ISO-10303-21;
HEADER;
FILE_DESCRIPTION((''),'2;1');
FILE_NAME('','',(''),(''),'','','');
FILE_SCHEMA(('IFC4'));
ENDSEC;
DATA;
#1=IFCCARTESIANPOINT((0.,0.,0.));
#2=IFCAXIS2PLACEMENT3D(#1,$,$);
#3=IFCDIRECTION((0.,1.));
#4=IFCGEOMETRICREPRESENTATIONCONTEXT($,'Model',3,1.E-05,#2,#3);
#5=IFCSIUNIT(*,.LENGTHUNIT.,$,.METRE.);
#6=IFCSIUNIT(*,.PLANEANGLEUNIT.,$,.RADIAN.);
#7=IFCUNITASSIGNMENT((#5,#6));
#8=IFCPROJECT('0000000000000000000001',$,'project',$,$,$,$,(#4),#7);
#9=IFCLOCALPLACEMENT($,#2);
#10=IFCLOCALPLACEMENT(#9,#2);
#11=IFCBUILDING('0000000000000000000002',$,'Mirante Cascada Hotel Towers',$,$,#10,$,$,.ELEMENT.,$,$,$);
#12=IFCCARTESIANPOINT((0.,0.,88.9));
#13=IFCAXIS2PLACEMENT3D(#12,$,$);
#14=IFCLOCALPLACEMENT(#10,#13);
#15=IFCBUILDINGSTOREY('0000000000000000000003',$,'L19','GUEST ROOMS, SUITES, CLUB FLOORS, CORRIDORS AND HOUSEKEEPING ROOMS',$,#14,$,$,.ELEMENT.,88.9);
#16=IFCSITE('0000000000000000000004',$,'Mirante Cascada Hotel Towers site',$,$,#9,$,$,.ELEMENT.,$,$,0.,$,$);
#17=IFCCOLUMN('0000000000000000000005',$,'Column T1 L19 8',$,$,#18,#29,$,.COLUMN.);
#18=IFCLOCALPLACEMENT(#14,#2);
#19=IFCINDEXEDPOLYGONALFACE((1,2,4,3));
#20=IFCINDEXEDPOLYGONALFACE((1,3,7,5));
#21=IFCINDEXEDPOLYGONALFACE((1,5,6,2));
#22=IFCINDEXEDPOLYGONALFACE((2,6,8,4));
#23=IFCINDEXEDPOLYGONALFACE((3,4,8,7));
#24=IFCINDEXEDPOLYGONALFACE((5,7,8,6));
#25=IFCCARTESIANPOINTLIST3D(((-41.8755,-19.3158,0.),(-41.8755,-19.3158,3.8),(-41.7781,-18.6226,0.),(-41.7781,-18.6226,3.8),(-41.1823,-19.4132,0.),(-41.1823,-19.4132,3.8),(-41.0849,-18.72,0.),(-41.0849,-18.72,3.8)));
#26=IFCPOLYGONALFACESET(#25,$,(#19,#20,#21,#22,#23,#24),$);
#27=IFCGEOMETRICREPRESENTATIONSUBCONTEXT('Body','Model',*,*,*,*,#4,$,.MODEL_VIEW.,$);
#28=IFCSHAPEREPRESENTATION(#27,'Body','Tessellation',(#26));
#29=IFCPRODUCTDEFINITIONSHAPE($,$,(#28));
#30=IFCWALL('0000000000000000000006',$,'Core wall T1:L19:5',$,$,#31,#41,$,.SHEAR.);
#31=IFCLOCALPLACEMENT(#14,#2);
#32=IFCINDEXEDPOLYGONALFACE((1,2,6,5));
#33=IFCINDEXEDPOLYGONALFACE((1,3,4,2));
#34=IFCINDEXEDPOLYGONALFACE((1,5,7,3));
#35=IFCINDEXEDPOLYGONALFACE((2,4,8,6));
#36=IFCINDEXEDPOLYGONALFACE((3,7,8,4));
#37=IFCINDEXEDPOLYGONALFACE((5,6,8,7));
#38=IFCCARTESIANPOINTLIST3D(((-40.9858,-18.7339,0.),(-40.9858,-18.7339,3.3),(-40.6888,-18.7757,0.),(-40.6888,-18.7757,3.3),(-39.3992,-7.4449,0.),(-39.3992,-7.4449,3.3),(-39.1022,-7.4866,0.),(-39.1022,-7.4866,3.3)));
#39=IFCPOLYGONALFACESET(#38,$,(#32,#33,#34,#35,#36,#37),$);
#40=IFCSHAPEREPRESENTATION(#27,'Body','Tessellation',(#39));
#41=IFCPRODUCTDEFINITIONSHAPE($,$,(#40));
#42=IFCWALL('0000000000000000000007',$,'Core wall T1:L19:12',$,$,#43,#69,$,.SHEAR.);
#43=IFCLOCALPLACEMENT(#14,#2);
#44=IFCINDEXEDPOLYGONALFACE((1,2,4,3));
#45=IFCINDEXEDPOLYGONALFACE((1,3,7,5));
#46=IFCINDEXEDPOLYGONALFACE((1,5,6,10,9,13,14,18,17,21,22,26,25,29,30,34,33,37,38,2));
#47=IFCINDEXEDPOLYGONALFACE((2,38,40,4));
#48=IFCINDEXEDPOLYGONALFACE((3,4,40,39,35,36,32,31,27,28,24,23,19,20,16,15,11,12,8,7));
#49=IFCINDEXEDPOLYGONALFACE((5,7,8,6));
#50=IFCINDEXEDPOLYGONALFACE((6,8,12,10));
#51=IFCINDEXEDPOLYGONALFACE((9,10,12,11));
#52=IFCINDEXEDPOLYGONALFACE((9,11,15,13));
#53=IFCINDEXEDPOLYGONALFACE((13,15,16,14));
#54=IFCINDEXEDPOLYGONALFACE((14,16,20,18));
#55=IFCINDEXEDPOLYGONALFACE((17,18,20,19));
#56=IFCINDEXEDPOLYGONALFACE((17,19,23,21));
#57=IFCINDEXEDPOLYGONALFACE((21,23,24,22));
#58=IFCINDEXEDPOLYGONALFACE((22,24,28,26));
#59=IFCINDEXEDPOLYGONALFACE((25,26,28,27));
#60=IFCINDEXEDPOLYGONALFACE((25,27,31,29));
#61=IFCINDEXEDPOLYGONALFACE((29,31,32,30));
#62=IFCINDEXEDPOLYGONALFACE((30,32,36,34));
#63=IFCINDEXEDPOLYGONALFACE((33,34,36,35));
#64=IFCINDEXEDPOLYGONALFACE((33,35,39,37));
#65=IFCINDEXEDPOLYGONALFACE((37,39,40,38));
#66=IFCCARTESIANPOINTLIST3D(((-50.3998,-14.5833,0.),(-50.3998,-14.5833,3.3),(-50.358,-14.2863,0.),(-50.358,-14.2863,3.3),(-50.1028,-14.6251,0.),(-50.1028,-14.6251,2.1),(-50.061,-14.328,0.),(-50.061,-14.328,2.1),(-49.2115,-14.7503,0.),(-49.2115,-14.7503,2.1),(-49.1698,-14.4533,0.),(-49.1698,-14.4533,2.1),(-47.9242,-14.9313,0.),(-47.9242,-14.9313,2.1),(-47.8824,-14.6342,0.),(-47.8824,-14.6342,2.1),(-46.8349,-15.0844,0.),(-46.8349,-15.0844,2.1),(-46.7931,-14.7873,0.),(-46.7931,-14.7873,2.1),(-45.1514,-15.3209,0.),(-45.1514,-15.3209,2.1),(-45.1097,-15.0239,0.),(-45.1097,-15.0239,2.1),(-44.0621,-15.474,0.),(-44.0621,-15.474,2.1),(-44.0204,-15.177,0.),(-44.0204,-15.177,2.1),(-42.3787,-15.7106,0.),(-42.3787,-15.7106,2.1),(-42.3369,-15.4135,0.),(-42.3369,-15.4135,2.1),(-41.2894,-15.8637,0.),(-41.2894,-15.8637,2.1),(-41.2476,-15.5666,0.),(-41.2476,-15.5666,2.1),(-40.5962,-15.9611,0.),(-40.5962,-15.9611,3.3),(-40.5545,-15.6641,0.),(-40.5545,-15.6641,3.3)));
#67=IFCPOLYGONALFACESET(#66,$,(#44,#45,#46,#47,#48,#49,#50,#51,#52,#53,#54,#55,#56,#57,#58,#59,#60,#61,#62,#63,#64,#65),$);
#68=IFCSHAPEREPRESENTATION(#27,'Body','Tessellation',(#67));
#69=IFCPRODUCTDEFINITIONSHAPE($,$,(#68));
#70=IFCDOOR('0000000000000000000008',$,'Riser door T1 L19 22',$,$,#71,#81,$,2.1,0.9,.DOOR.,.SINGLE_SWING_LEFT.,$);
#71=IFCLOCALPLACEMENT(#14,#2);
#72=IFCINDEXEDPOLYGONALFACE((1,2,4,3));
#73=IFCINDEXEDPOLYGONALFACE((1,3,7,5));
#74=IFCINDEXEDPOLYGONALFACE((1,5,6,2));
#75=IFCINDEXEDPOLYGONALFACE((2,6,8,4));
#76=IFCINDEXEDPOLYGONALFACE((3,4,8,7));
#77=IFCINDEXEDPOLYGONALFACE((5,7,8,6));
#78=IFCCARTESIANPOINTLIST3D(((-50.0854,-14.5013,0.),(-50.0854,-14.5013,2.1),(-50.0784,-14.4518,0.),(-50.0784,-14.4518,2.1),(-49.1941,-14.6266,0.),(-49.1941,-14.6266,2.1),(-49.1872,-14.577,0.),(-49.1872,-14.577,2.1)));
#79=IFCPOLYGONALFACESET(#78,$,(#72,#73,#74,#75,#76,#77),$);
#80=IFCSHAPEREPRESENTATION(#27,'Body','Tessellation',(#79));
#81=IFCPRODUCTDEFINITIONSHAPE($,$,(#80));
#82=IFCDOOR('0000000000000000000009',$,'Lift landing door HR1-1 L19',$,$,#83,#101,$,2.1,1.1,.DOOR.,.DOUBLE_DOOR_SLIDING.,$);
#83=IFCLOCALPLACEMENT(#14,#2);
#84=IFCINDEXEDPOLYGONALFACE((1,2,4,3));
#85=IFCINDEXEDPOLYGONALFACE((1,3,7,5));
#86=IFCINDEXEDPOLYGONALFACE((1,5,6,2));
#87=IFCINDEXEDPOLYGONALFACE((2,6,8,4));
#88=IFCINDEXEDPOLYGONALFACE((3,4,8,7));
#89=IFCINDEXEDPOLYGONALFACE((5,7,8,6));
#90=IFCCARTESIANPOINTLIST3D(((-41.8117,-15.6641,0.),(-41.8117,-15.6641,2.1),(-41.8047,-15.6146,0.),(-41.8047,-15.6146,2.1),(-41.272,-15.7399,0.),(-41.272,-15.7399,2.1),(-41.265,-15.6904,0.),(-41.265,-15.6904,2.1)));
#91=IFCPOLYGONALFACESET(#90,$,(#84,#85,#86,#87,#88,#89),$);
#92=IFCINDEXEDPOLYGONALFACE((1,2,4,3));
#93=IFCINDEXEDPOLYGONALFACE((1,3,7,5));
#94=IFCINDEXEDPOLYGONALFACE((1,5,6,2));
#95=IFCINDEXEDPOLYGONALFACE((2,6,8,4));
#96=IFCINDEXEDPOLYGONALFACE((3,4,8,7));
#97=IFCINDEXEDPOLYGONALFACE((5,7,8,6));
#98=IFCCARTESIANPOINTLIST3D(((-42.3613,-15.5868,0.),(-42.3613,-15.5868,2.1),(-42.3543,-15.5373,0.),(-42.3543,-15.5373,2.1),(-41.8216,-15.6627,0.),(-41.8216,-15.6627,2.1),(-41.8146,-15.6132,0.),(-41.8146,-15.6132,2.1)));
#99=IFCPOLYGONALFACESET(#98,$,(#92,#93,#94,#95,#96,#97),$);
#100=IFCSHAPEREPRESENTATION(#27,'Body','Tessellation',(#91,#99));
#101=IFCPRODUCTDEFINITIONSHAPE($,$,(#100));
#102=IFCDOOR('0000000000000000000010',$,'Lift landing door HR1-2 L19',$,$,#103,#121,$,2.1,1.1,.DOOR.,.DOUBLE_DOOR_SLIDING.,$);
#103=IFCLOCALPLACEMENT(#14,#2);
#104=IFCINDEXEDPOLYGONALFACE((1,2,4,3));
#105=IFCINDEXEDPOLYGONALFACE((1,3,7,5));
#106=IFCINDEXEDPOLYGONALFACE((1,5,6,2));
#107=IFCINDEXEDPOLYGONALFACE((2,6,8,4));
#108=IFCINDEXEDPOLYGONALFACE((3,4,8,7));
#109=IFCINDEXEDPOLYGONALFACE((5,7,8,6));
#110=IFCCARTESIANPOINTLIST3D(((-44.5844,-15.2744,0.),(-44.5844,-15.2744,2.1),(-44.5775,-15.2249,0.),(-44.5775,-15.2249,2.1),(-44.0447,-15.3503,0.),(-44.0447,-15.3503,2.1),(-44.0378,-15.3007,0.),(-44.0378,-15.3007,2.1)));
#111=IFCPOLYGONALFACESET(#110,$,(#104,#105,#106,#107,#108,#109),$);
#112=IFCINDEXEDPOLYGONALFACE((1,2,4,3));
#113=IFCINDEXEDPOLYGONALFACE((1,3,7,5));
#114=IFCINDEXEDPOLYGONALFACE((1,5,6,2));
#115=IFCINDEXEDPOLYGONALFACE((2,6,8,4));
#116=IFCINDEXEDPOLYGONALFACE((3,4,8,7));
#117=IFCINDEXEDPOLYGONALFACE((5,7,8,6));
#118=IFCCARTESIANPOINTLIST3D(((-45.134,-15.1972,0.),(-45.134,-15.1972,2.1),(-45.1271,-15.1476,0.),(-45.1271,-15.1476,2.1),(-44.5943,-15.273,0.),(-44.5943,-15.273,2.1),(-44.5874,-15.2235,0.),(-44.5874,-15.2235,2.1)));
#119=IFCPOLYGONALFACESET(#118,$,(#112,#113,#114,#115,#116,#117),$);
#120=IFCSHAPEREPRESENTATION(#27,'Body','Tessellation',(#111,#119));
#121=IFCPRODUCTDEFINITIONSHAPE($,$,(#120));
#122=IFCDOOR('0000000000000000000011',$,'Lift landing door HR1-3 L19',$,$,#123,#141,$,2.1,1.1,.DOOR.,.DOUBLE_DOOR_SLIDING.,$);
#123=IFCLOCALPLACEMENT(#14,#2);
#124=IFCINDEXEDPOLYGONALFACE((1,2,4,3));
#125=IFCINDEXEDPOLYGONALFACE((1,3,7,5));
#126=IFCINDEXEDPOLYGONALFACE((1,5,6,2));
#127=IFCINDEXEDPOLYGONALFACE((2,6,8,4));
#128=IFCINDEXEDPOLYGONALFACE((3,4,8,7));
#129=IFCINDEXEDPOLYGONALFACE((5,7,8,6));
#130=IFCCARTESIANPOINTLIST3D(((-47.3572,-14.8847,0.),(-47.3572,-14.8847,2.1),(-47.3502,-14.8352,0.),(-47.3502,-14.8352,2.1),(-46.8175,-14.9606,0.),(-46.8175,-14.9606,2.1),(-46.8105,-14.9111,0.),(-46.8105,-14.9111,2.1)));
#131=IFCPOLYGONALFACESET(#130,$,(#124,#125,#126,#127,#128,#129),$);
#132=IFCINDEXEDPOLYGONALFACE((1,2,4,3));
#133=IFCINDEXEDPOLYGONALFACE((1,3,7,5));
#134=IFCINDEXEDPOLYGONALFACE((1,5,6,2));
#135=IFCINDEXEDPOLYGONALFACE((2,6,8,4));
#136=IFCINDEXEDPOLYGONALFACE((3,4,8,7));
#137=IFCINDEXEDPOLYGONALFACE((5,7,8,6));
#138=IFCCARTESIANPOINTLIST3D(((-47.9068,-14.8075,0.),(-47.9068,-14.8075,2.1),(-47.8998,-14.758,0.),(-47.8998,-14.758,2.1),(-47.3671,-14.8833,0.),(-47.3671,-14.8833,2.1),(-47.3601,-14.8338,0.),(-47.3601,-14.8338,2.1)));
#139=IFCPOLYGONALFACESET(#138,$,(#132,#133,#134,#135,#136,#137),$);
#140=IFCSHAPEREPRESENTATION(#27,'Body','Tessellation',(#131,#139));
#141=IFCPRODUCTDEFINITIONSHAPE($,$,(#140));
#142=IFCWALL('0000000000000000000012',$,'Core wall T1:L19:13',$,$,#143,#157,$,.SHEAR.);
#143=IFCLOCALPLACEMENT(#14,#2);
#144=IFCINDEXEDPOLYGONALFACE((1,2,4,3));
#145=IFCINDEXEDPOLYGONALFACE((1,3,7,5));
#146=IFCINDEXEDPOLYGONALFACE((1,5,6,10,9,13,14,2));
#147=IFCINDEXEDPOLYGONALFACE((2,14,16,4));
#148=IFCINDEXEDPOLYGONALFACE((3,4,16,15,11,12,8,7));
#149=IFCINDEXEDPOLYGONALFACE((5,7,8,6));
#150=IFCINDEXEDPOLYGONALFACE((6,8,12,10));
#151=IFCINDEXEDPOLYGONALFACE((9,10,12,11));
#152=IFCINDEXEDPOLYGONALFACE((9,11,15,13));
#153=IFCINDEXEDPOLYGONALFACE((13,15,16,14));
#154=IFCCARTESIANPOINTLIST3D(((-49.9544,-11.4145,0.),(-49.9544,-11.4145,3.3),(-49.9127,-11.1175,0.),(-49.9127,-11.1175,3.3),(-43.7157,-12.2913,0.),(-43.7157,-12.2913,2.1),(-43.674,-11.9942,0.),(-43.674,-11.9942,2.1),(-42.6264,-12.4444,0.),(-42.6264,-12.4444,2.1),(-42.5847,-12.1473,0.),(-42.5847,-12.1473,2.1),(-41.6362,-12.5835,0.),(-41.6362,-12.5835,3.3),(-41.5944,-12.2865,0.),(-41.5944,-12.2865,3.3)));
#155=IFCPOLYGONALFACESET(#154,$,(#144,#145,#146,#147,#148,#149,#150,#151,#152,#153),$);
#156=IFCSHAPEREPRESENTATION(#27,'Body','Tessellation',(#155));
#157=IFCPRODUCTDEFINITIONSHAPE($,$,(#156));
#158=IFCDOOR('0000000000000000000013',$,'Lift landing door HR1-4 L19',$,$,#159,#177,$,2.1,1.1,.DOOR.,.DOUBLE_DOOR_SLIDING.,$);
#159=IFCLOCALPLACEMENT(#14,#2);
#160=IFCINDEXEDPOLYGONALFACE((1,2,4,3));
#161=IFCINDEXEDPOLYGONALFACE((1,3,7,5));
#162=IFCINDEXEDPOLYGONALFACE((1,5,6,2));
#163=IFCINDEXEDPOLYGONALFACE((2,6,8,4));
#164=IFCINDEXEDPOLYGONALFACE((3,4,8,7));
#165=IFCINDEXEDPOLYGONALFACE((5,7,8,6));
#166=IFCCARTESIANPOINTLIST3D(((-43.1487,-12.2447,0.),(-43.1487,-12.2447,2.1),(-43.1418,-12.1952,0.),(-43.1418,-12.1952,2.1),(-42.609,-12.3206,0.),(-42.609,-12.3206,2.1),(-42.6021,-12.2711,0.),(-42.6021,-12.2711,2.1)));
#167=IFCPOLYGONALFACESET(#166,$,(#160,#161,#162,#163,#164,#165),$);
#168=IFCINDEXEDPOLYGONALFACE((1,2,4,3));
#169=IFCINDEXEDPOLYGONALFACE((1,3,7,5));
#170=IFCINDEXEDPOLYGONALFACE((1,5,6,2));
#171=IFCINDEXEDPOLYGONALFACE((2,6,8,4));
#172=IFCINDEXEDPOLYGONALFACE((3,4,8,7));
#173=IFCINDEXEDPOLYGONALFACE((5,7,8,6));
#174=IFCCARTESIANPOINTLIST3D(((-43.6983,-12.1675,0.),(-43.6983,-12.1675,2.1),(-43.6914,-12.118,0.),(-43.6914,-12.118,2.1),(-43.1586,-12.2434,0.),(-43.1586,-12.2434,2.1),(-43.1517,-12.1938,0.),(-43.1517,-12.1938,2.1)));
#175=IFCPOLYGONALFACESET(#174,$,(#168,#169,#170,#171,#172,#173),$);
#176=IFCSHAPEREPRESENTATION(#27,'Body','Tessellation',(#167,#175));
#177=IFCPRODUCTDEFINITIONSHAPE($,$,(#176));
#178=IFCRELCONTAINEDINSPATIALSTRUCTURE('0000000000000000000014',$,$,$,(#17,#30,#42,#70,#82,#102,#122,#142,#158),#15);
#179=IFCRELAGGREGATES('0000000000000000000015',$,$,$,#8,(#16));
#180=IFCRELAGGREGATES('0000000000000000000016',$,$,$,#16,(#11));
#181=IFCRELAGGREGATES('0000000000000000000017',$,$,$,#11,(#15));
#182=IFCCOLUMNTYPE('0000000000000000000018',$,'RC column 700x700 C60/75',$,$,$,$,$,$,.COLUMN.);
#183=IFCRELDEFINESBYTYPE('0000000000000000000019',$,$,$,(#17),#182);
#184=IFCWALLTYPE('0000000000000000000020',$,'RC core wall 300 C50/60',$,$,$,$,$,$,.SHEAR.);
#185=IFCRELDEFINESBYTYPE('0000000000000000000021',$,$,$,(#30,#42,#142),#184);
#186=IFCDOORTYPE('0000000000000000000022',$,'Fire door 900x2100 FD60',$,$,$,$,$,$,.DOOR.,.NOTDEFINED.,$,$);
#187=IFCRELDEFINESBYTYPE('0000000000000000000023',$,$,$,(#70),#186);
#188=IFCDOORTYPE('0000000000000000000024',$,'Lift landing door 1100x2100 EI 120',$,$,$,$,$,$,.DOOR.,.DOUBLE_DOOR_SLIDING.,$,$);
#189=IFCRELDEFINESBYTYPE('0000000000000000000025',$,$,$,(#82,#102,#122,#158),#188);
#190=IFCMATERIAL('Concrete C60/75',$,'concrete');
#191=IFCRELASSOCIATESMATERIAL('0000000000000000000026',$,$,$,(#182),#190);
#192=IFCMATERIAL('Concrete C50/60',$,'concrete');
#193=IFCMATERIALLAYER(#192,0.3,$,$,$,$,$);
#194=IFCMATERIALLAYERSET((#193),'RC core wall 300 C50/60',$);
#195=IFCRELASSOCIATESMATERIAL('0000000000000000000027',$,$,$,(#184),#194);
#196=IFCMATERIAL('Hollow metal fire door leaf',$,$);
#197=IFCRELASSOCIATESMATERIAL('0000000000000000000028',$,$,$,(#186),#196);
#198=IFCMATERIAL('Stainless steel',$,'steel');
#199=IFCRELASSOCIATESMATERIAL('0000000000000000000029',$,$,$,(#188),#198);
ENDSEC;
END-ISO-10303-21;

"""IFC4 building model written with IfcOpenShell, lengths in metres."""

from ifc_helpers import new_model, si_unit, direction, frame, frame_2d, origin, origin_2d, place, context, subcontext, project, spatial, rectangle, extrude, material, layer, layer_set, material_profile, profile_set, type_object, element, fill, save


model = new_model("IFC4")

# Units and contexts
model_context = context("Model", 3, precision=1e-05, world=origin(), true_north=direction((0.0, 1.0)))
body_context = subcontext(model_context, "Body", "Model", "MODEL_VIEW")
ifc_project = project(units=[si_unit("LENGTHUNIT", "METRE"), si_unit("PLANEANGLEUNIT", "RADIAN")], contexts=[model_context])

# Site, building, storey
site_placement = place(None, origin())
site = spatial("IfcSite", under=ifc_project, at=site_placement, Name="Mirante Cascada Hotel Towers site", CompositionType="ELEMENT", RefElevation=0.0)
building_placement = place(site_placement, origin())
building = spatial("IfcBuilding", under=site, at=building_placement, Name="Mirante Cascada Hotel Towers", CompositionType="ELEMENT")
storey_placement = place(building_placement, frame((0.0, 0.0, 88.9)))
storey = spatial("IfcBuildingStorey", under=building, at=storey_placement, Name="L19", Description="GUEST ROOMS, SUITES, CLUB FLOORS, CORRIDORS AND HOUSEKEEPING ROOMS", CompositionType="ELEMENT", Elevation=88.9)

# Column
ifc_material_1 = material(Name="Concrete C60/75", Category="concrete")
ifc_material_profile = material_profile(ifc_material_1, rectangle(XDim=0.7, YDim=0.7, at=origin_2d()), Name="RC column 700x700 C60/75")
ifc_profile_set = profile_set([ifc_material_profile], Name="Concrete C60/75")
column_type = type_object("IfcColumnType", Name="RC column 700x700 C60/75", PredefinedType="COLUMN", material=ifc_profile_set)
column_placement = place(storey_placement, frame((-41.4802, -19.0179, 0.0), z_axis=(0.0, 0.0, 1.0), x_axis=(-0.990268, 0.139173, 0.0)))
element("IfcColumn", 1, at=column_placement, inside=storey, type_object=column_type, Name="Column T1 L19 8", PredefinedType="COLUMN", context=body_context, shape_type="SweptSolid", body=[
    extrude(rectangle(XDim=0.7, YDim=0.7, at=origin_2d()), origin(), (0.0, 0.0, 1.0), 3.8),
])

# Wall
ifc_material_2 = material(Name="Concrete C50/60", Category="concrete")
ifc_layer_1 = layer(ifc_material_2, 0.3)
ifc_layer_set_1 = layer_set([ifc_layer_1], Name="RC core wall 300 C50/60")
wall_type_1 = type_object("IfcWallType", Name="RC core wall 300 C50/60", PredefinedType="SHEAR", material=ifc_layer_set_1)
wall_1_placement = place(storey_placement, frame((-40.8373, -18.7548, 0.0), z_axis=(0.0, 0.0, 1.0), x_axis=(0.139175, 0.990268, 0.0)))
element("IfcWall", 2, at=wall_1_placement, inside=storey, type_object=wall_type_1, Name="Core wall T1:L19:5", PredefinedType="SHEAR", context=body_context, shape_type="SweptSolid", body=[
    extrude(rectangle(XDim=11.4, YDim=0.3, at=frame_2d((5.7, 0.0))), origin(), (0.0, 0.0, 1.0), 3.3),
])

# Wall, openings, doors
wall_2_placement = place(storey_placement, frame((-40.5753, -15.8126, 0.0), z_axis=(0.0, 0.0, 1.0), x_axis=(-0.990268, 0.139173, 0.0)))
wall_2 = element("IfcWall", 3, at=wall_2_placement, inside=storey, type_object=wall_type_1, Name="Core wall T1:L19:12", PredefinedType="SHEAR", context=body_context, shape_type="SweptSolid", body=[
    extrude(rectangle(XDim=9.8999, YDim=0.3, at=frame_2d((4.95, 0.0))), origin(), (0.0, 0.0, 1.0), 3.3),
])
opening_1_placement = place(wall_2_placement, frame((0.7, 0.0, 0.0)))
opening_1 = element("IfcOpeningElement", 4, at=opening_1_placement, cuts=wall_2, PredefinedType="OPENING", context=body_context, shape_type="SweptSolid", body=[
    extrude(rectangle(XDim=1.1, YDim=2.1, at=frame_2d((0.55, 1.05))), frame((0.0, 0.15, 0.0), z_axis=(0.0, -1.0, 0.0), x_axis=(1.0, 0.0, 0.0)), (0.0, 0.0, 1.0), 0.3),
])
opening_2_placement = place(wall_2_placement, frame((3.5, 0.0, 0.0)))
opening_2 = element("IfcOpeningElement", 5, at=opening_2_placement, cuts=wall_2, PredefinedType="OPENING", context=body_context, shape_type="SweptSolid", body=[
    extrude(rectangle(XDim=1.1, YDim=2.1, at=frame_2d((0.55, 1.05))), frame((0.0, 0.15, 0.0), z_axis=(0.0, -1.0, 0.0), x_axis=(1.0, 0.0, 0.0)), (0.0, 0.0, 1.0), 0.3),
])
opening_3_placement = place(wall_2_placement, frame((6.3, 0.0, 0.0)))
opening_3 = element("IfcOpeningElement", 6, at=opening_3_placement, cuts=wall_2, PredefinedType="OPENING", context=body_context, shape_type="SweptSolid", body=[
    extrude(rectangle(XDim=1.1, YDim=2.1, at=frame_2d((0.55, 1.05))), frame((0.0, 0.15, 0.0), z_axis=(0.0, -1.0, 0.0), x_axis=(1.0, 0.0, 0.0)), (0.0, 0.0, 1.0), 0.3),
])
opening_4_placement = place(wall_2_placement, frame((8.7, 0.0, 0.0)))
opening_4 = element("IfcOpeningElement", 7, at=opening_4_placement, cuts=wall_2, PredefinedType="OPENING", context=body_context, shape_type="SweptSolid", body=[
    extrude(rectangle(XDim=0.9, YDim=2.1, at=frame_2d((0.45, 1.05))), frame((0.0, 0.15, 0.0), z_axis=(0.0, -1.0, 0.0), x_axis=(1.0, 0.0, 0.0)), (0.0, 0.0, 1.0), 0.3),
])
ifc_material_3 = material(Name="Hollow metal fire door leaf")
door_type_1 = type_object("IfcDoorType", Name="Fire door 900x2100 FD60", OperationType="NOTDEFINED", PredefinedType="DOOR", material=ifc_material_3)
door_1_placement = place(opening_4_placement, origin())
door_1 = element("IfcDoor", 8, at=door_1_placement, inside=storey, type_object=door_type_1, Name="Riser door T1 L19 22", OperationType="SINGLE_SWING_LEFT", OverallHeight=2.1, OverallWidth=0.9, PredefinedType="DOOR", context=body_context, shape_type="SweptSolid", body=[
    extrude(rectangle(XDim=0.9, YDim=2.1, at=frame_2d((0.45, 1.05))), frame((0.0, 0.025, 0.0), z_axis=(0.0, -1.0, 0.0), x_axis=(1.0, 0.0, 0.0)), (0.0, 0.0, 1.0), 0.05),
])
fill(opening_4, door_1)
ifc_material_4 = material(Name="Stainless steel", Category="steel")
door_type_2 = type_object("IfcDoorType", Name="Lift landing door 1100x2100 EI 120", OperationType="DOUBLE_DOOR_SLIDING", PredefinedType="DOOR", material=ifc_material_4)
door_2_placement = place(opening_1_placement, origin())
door_2 = element("IfcDoor", 9, at=door_2_placement, inside=storey, type_object=door_type_2, Name="Lift landing door HR1-1 L19", OperationType="DOUBLE_DOOR_SLIDING", OverallHeight=2.1, OverallWidth=1.1, PredefinedType="DOOR", context=body_context, shape_type="SweptSolid", body=[
    extrude(rectangle(XDim=0.545, YDim=2.1, at=frame_2d((0.2725, 1.05))), frame((0.0, 0.025, 0.0), z_axis=(0.0, -1.0, 0.0), x_axis=(1.0, 0.0, 0.0)), (0.0, 0.0, 1.0), 0.05),
    extrude(rectangle(XDim=0.545, YDim=2.1, at=frame_2d((0.8275, 1.05))), frame((0.0, 0.025, 0.0), z_axis=(0.0, -1.0, 0.0), x_axis=(1.0, 0.0, 0.0)), (0.0, 0.0, 1.0), 0.05),
])
fill(opening_1, door_2)
door_3_placement = place(opening_2_placement, origin())
door_3 = element("IfcDoor", 10, at=door_3_placement, inside=storey, type_object=door_type_2, Name="Lift landing door HR1-2 L19", OperationType="DOUBLE_DOOR_SLIDING", OverallHeight=2.1, OverallWidth=1.1, PredefinedType="DOOR", context=body_context, shape_type="SweptSolid", body=[
    extrude(rectangle(XDim=0.545, YDim=2.1, at=frame_2d((0.2725, 1.05))), frame((0.0, 0.025, 0.0), z_axis=(0.0, -1.0, 0.0), x_axis=(1.0, 0.0, 0.0)), (0.0, 0.0, 1.0), 0.05),
    extrude(rectangle(XDim=0.545, YDim=2.1, at=frame_2d((0.8275, 1.05))), frame((0.0, 0.025, 0.0), z_axis=(0.0, -1.0, 0.0), x_axis=(1.0, 0.0, 0.0)), (0.0, 0.0, 1.0), 0.05),
])
fill(opening_2, door_3)
door_4_placement = place(opening_3_placement, origin())
door_4 = element("IfcDoor", 11, at=door_4_placement, inside=storey, type_object=door_type_2, Name="Lift landing door HR1-3 L19", OperationType="DOUBLE_DOOR_SLIDING", OverallHeight=2.1, OverallWidth=1.1, PredefinedType="DOOR", context=body_context, shape_type="SweptSolid", body=[
    extrude(rectangle(XDim=0.545, YDim=2.1, at=frame_2d((0.2725, 1.05))), frame((0.0, 0.025, 0.0), z_axis=(0.0, -1.0, 0.0), x_axis=(1.0, 0.0, 0.0)), (0.0, 0.0, 1.0), 0.05),
    extrude(rectangle(XDim=0.545, YDim=2.1, at=frame_2d((0.8275, 1.05))), frame((0.0, 0.025, 0.0), z_axis=(0.0, -1.0, 0.0), x_axis=(1.0, 0.0, 0.0)), (0.0, 0.0, 1.0), 0.05),
])
fill(opening_3, door_4)

# Wall, opening, door
wall_3_placement = place(storey_placement, frame((-41.6153, -12.435, 0.0), z_axis=(0.0, 0.0, 1.0), x_axis=(-0.990269, 0.139166, 0.0)))
wall_3 = element("IfcWall", 12, at=wall_3_placement, inside=storey, type_object=wall_type_1, Name="Core wall T1:L19:13", PredefinedType="SHEAR", context=body_context, shape_type="SweptSolid", body=[
    extrude(rectangle(XDim=8.4, YDim=0.3, at=frame_2d((4.2, 0.0))), origin(), (0.0, 0.0, 1.0), 3.3),
])
opening_5_placement = place(wall_3_placement, frame((1.0, 0.0, 0.0)))
opening_5 = element("IfcOpeningElement", 13, at=opening_5_placement, cuts=wall_3, PredefinedType="OPENING", context=body_context, shape_type="SweptSolid", body=[
    extrude(rectangle(XDim=1.1, YDim=2.1, at=frame_2d((0.55, 1.05))), frame((0.0, 0.15, 0.0), z_axis=(0.0, -1.0, 0.0), x_axis=(1.0, 0.0, 0.0)), (0.0, 0.0, 1.0), 0.3),
])
door_5_placement = place(opening_5_placement, origin())
door_5 = element("IfcDoor", 14, at=door_5_placement, inside=storey, type_object=door_type_2, Name="Lift landing door HR1-4 L19", OperationType="DOUBLE_DOOR_SLIDING", OverallHeight=2.1, OverallWidth=1.1, PredefinedType="DOOR", context=body_context, shape_type="SweptSolid", body=[
    extrude(rectangle(XDim=0.545, YDim=2.1, at=frame_2d((0.2725, 1.05))), frame((0.0, 0.025, 0.0), z_axis=(0.0, -1.0, 0.0), x_axis=(1.0, 0.0, 0.0)), (0.0, 0.0, 1.0), 0.05),
    extrude(rectangle(XDim=0.545, YDim=2.1, at=frame_2d((0.8275, 1.05))), frame((0.0, 0.025, 0.0), z_axis=(0.0, -1.0, 0.0), x_axis=(1.0, 0.0, 0.0)), (0.0, 0.0, 1.0), 0.05),
])
fill(opening_5, door_5)

save(model, "model.ifc")
